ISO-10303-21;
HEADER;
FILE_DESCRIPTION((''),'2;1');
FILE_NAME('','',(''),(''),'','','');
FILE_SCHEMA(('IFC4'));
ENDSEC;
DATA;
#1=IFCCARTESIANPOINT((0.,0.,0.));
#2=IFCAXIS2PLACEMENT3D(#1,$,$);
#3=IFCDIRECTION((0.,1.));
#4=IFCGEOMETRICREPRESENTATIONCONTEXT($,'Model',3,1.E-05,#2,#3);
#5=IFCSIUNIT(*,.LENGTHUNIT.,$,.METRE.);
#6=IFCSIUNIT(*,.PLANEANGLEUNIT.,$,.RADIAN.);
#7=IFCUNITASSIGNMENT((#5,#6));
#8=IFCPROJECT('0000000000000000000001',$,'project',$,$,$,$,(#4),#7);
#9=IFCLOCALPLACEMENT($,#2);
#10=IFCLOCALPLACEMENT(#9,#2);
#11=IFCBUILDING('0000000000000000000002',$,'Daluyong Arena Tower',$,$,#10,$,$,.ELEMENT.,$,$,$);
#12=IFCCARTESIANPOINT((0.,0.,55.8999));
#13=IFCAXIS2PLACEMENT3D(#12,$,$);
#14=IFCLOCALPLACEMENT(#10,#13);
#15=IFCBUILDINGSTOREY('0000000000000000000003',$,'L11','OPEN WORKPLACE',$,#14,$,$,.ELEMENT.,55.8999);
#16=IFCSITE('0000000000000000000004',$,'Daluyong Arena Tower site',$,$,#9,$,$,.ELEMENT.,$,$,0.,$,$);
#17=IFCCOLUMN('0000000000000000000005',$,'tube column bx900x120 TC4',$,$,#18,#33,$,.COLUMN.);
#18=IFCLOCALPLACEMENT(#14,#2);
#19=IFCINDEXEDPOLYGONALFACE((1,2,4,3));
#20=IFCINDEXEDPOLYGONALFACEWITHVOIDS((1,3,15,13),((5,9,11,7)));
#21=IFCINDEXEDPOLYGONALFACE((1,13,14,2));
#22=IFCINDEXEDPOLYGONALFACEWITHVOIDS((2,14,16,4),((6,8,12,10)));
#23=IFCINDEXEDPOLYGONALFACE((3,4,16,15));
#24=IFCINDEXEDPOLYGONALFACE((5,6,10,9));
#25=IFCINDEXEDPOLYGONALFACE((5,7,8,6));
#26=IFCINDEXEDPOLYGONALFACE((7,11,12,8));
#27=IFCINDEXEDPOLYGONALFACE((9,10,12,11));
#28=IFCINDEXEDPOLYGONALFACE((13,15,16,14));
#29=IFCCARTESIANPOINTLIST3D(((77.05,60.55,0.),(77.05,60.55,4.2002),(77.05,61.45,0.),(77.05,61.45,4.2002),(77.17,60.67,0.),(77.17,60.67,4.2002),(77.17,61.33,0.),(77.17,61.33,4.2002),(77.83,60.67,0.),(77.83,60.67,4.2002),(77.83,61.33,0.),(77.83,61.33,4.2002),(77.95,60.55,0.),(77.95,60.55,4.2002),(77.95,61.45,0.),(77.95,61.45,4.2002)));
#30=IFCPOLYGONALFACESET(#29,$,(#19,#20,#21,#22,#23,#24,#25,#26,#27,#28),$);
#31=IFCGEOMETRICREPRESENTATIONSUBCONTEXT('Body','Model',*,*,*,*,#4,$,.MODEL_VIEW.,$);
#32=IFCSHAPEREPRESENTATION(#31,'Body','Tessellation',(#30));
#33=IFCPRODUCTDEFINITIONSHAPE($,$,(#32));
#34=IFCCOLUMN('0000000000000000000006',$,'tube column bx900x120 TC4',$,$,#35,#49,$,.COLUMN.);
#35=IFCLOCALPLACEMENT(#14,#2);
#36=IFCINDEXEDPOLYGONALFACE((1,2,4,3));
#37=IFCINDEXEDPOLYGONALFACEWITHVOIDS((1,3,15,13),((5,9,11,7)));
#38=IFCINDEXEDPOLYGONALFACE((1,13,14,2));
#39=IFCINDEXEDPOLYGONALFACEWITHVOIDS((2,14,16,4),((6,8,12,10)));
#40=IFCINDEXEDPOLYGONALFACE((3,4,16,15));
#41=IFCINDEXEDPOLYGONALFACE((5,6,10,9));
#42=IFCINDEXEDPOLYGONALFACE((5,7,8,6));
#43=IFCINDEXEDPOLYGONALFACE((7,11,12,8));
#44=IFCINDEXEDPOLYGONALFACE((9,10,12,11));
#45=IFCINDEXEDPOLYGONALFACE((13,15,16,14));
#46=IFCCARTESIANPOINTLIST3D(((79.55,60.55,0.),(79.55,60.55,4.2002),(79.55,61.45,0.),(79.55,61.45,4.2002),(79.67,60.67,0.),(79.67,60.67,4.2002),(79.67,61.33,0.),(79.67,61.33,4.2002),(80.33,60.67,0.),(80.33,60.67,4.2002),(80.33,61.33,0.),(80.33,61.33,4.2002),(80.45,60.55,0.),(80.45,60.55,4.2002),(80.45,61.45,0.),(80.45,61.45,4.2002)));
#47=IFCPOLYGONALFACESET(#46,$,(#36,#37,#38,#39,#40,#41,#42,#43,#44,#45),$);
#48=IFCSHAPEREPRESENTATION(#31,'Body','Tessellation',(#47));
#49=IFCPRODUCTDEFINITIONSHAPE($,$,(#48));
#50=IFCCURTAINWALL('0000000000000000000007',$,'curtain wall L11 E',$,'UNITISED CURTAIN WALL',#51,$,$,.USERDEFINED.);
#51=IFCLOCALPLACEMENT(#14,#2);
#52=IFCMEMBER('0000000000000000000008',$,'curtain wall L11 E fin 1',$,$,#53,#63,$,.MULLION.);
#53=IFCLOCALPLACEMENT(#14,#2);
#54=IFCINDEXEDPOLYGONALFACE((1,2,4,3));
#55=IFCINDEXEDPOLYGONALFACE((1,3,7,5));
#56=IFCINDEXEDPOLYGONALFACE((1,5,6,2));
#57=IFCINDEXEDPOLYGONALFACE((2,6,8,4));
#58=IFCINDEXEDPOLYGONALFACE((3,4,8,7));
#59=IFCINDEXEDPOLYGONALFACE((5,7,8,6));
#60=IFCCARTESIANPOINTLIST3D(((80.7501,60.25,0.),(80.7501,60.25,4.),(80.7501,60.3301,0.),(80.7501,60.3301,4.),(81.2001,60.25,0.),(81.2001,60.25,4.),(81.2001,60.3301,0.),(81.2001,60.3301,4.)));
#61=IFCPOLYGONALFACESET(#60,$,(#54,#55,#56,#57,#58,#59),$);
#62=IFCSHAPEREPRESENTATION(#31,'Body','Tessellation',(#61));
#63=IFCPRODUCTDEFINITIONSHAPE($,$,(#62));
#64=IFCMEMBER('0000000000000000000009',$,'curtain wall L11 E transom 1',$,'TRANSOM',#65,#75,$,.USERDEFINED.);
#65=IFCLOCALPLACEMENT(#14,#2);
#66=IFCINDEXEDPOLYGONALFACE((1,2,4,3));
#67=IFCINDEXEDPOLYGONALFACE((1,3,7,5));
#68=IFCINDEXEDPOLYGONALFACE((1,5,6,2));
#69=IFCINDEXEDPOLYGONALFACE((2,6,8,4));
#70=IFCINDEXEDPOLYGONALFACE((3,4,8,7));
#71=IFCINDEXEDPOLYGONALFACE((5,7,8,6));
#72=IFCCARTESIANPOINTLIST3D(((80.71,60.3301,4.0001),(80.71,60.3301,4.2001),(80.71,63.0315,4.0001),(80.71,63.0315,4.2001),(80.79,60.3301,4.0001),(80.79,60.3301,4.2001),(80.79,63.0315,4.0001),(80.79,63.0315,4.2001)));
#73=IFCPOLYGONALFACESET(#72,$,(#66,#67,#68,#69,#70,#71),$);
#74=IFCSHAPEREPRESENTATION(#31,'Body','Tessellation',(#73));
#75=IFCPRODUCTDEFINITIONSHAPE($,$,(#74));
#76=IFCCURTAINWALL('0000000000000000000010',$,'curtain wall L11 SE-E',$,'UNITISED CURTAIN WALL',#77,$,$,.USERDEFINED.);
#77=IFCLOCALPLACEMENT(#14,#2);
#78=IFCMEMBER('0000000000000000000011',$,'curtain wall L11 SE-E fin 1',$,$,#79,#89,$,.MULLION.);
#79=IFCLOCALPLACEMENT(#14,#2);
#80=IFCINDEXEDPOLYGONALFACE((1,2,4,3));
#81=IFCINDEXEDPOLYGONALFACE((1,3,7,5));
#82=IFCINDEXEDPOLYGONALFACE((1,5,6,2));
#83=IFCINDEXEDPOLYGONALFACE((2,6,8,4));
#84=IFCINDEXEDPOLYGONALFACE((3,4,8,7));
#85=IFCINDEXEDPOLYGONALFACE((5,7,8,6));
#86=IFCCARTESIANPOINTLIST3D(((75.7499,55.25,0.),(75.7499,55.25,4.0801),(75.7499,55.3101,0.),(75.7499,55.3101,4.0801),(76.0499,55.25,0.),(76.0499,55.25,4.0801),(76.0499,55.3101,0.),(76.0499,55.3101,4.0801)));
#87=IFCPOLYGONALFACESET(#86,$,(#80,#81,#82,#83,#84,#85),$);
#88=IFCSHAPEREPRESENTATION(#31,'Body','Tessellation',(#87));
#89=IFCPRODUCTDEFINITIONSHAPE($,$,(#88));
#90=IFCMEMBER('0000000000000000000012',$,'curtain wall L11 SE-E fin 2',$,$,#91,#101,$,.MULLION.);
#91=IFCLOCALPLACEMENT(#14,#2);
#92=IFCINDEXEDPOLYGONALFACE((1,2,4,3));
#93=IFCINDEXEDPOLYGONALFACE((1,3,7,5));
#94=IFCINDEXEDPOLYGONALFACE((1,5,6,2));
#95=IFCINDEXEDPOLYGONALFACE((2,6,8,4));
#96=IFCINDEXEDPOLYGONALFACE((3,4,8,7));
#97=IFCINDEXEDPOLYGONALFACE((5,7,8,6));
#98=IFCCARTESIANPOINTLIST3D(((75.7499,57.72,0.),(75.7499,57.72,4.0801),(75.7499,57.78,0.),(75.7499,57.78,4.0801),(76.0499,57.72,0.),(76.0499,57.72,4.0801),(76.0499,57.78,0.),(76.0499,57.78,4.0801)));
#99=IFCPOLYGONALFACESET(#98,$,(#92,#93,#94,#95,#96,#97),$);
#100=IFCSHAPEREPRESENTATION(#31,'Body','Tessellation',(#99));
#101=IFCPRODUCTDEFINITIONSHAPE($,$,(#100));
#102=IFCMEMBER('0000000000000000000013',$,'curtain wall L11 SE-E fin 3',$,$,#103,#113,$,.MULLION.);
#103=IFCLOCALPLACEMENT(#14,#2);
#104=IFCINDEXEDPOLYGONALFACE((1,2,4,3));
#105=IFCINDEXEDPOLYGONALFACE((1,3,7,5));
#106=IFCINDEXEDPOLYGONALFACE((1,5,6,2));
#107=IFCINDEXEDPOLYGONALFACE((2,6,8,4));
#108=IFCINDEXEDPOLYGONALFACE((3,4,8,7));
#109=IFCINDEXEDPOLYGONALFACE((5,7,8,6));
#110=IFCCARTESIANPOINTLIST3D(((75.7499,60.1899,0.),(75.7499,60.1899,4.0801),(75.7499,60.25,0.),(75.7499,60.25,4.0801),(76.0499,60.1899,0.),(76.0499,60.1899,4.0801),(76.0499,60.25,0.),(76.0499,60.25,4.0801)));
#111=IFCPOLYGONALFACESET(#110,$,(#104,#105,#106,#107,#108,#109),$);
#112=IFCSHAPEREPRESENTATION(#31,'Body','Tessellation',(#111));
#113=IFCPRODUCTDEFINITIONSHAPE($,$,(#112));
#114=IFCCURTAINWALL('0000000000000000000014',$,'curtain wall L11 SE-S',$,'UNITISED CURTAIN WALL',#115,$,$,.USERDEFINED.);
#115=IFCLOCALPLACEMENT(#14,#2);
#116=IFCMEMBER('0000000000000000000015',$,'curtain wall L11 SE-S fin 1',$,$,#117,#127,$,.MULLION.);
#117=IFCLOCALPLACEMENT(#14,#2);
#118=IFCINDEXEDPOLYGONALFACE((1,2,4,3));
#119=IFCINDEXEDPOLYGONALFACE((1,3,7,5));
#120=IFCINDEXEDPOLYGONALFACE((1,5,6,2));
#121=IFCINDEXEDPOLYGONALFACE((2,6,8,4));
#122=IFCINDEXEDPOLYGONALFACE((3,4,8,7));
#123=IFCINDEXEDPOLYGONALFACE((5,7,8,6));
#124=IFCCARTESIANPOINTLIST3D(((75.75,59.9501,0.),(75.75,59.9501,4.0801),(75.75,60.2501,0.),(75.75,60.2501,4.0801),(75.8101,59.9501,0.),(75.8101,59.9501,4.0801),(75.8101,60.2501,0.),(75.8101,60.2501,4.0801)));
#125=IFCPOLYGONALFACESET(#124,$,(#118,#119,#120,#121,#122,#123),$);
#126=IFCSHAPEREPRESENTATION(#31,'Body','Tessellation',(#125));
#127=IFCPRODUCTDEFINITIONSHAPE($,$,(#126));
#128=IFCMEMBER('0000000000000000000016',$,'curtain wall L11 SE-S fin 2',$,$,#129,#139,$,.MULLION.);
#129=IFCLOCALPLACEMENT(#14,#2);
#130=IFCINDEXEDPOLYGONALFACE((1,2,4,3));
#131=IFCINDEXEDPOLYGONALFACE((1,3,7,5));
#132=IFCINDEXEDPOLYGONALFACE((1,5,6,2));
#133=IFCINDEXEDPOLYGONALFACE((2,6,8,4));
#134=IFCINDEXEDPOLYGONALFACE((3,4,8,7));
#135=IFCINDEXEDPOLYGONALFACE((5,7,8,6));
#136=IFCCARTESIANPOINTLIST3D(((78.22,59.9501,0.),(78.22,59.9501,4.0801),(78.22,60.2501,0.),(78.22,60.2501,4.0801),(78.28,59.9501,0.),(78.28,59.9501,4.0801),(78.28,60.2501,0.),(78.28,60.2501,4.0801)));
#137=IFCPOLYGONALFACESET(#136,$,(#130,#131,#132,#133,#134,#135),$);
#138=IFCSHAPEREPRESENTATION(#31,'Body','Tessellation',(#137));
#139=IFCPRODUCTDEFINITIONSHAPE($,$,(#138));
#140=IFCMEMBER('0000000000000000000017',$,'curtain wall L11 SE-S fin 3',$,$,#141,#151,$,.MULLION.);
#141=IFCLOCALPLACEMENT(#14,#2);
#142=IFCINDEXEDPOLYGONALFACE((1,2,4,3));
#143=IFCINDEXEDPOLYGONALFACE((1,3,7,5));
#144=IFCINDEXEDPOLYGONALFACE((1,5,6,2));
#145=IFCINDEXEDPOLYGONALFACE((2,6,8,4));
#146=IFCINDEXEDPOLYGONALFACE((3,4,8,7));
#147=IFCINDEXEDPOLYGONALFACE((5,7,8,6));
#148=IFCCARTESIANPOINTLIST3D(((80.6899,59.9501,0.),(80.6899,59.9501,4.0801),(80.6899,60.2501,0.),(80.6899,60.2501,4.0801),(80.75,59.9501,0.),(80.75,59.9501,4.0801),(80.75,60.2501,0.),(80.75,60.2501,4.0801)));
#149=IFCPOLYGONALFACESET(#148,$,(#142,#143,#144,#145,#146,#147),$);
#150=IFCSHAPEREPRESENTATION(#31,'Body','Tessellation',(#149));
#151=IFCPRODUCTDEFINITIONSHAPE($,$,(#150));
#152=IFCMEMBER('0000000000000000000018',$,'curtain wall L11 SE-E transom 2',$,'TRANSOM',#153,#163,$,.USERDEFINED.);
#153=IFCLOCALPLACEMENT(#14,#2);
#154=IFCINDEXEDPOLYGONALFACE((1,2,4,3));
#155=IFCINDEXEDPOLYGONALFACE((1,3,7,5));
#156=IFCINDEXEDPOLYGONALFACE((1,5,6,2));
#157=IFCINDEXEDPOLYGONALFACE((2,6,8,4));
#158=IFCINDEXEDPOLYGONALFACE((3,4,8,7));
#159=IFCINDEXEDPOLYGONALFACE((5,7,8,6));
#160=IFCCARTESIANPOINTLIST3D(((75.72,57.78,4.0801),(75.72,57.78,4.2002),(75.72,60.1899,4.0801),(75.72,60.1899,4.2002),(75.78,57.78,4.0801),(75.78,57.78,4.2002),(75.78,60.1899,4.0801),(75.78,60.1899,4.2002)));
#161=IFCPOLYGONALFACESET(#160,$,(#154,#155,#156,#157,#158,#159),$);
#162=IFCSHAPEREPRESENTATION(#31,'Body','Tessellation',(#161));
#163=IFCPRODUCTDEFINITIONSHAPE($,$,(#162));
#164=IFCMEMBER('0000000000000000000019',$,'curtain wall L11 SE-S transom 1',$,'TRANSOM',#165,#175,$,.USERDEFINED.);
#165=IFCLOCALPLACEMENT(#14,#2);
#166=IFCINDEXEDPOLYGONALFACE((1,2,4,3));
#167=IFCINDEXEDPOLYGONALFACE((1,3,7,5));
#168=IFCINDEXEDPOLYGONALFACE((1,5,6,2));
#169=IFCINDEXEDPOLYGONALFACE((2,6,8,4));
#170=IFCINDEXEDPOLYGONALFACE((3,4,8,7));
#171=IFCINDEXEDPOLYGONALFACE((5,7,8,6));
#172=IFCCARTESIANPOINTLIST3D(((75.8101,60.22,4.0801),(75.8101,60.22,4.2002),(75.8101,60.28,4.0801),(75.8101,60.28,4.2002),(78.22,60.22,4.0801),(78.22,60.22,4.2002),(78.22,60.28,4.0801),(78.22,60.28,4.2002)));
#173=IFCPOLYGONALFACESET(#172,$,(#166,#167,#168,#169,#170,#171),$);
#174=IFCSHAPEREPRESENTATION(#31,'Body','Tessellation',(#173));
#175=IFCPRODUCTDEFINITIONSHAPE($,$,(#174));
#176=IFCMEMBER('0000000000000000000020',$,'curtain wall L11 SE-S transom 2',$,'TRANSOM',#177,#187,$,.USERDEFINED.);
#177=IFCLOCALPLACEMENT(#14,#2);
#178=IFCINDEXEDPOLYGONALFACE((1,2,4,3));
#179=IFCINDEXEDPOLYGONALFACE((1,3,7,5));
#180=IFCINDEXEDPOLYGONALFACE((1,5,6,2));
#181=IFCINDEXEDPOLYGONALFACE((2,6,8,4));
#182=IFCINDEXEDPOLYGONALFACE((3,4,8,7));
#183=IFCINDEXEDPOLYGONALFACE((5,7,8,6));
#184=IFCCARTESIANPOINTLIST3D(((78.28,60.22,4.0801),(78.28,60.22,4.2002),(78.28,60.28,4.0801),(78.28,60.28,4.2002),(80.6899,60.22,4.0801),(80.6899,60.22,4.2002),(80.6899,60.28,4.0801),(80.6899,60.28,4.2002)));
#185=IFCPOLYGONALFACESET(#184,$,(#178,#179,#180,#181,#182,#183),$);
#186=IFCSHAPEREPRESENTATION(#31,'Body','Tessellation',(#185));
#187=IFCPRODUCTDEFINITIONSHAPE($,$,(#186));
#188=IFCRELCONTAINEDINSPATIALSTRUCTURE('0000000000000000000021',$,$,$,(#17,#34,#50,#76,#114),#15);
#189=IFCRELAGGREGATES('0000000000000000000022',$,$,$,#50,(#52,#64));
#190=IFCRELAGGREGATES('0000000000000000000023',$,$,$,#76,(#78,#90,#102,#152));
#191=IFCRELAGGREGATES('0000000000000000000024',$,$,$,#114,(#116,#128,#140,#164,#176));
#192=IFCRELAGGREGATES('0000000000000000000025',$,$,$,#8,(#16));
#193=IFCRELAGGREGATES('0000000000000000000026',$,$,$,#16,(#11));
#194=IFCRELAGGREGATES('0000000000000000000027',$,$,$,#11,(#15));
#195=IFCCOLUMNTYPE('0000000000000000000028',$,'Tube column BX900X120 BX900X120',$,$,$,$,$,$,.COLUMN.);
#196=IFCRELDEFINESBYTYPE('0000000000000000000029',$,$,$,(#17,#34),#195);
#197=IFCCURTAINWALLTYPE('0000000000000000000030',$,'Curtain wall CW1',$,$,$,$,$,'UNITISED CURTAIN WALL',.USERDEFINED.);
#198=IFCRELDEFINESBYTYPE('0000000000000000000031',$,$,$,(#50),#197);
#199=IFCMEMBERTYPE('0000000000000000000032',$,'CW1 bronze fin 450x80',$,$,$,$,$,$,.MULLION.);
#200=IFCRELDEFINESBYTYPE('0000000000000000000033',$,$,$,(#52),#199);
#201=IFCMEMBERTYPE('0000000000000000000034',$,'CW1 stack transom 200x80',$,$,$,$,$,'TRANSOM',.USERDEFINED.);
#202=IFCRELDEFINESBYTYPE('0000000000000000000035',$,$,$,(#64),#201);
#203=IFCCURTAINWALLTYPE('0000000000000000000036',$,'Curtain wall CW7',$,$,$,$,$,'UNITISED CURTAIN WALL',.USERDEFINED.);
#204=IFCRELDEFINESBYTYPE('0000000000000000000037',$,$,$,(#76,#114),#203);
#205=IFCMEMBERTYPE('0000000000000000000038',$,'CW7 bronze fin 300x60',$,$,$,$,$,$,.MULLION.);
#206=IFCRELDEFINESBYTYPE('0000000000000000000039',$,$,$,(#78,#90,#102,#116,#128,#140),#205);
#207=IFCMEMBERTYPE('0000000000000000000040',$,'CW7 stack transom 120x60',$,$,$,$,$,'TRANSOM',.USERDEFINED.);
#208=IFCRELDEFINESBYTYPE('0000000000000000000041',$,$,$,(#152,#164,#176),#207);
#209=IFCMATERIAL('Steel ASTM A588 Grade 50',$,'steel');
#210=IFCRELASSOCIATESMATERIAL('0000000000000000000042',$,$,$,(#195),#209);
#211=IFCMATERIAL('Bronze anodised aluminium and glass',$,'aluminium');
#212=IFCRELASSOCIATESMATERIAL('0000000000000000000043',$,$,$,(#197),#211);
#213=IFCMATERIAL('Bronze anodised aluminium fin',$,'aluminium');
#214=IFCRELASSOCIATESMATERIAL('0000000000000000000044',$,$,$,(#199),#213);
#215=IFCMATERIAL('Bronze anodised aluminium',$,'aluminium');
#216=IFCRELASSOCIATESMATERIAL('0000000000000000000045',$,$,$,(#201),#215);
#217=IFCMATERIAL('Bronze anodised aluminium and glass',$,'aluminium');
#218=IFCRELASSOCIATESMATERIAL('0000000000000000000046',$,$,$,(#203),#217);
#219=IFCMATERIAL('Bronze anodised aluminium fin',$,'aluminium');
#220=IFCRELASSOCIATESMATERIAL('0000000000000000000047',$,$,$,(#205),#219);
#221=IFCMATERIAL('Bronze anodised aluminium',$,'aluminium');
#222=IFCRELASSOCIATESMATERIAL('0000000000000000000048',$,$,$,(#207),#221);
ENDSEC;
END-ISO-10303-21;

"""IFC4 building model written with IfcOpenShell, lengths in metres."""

from ifc_helpers import new_model, si_unit, direction, frame, origin, origin_2d, place, context, subcontext, project, spatial, rectangle, hollow_rectangle, extrude, material, material_profile, profile_set, type_object, element, aggregate, save


model = new_model("IFC4")

# Units and contexts
model_context = context("Model", 3, precision=1e-05, world=origin(), true_north=direction((0.0, 1.0)))
body_context = subcontext(model_context, "Body", "Model", "MODEL_VIEW")
ifc_project = project(units=[si_unit("LENGTHUNIT", "METRE"), si_unit("PLANEANGLEUNIT", "RADIAN")], contexts=[model_context])

# Site, building, storey
site_placement = place(None, origin())
site = spatial("IfcSite", under=ifc_project, at=site_placement, Name="Daluyong Arena Tower site", CompositionType="ELEMENT", RefElevation=0.0)
building_placement = place(site_placement, origin())
building = spatial("IfcBuilding", under=site, at=building_placement, Name="Daluyong Arena Tower", CompositionType="ELEMENT")
storey_placement = place(building_placement, frame((0.0, 0.0, 55.8999)))
storey = spatial("IfcBuildingStorey", under=building, at=storey_placement, Name="L11", Description="OPEN WORKPLACE", CompositionType="ELEMENT", Elevation=55.8999)

# Columns
ifc_material_1 = material(Name="Steel ASTM A588 Grade 50", Category="steel")
ifc_material_profile_1 = material_profile(ifc_material_1, hollow_rectangle(XDim=0.8999, YDim=0.8999, WallThickness=0.12, at=origin_2d()))
ifc_profile_set_1 = profile_set([ifc_material_profile_1], Name="Steel ASTM A588 Grade 50")
column_type = type_object("IfcColumnType", Name="Tube column BX900X120 BX900X120", PredefinedType="COLUMN", material=ifc_profile_set_1)
for number, where, z_axis, x_axis, name in (
    (1, (77.5, 61.0, 0.0), (0.0, 0.0, 1.0), (1.0, 0.0, 0.0), "tube column bx900x120 TC4"),
    (2, (80.0, 61.0, 0.0), (0.0, 0.0, 1.0), (0.0, 1.0, 0.0), "tube column bx900x120 TC4"),
):
    element("IfcColumn", number, at=place(storey_placement, frame(where, z_axis=z_axis, x_axis=x_axis)), inside=storey, type_object=column_type, Name=name, PredefinedType="COLUMN", context=body_context, shape_type="SweptSolid", body=[
        extrude(hollow_rectangle(XDim=0.8999, YDim=0.8999, WallThickness=0.12, at=origin_2d()), origin(), (0.0, 0.0, 1.0), 4.2002),
    ])

# Curtain walls, members
ifc_material_2 = material(Name="Bronze anodised aluminium and glass", Category="aluminium")
curtain_wall_type_1 = type_object("IfcCurtainWallType", Name="Curtain wall CW1", ElementType="UNITISED CURTAIN WALL", PredefinedType="USERDEFINED", material=ifc_material_2)
curtain_wall_1_placement = place(storey_placement, origin())
curtain_wall_1 = element("IfcCurtainWall", 3, at=curtain_wall_1_placement, inside=storey, type_object=curtain_wall_type_1, Name="curtain wall L11 E", ObjectType="UNITISED CURTAIN WALL", PredefinedType="USERDEFINED")
ifc_material_3 = material(Name="Bronze anodised aluminium fin", Category="aluminium")
ifc_material_profile_2 = material_profile(ifc_material_3, rectangle(XDim=0.45, YDim=0.0801, at=origin_2d()))
ifc_profile_set_2 = profile_set([ifc_material_profile_2], Name="Bronze anodised aluminium fin")
member_type_1 = type_object("IfcMemberType", Name="CW1 bronze fin 450x80", PredefinedType="MULLION", material=ifc_profile_set_2)
member_1_placement = place(storey_placement, frame((80.9751, 60.29, 0.0), z_axis=(0.0, 0.0, 1.0), x_axis=(-1.0, 0.0, 0.0)))
member_1 = element("IfcMember", 4, at=member_1_placement, type_object=member_type_1, Name="curtain wall L11 E fin 1", PredefinedType="MULLION", context=body_context, shape_type="SweptSolid", body=[
    extrude(rectangle(XDim=0.45, YDim=0.0801, at=origin_2d()), origin(), (0.0, 0.0, 1.0), 4.0),
])
ifc_material_4 = material(Name="Bronze anodised aluminium", Category="aluminium")
ifc_material_profile_3 = material_profile(ifc_material_4, rectangle(XDim=0.0801, YDim=0.2, at=origin_2d()))
ifc_profile_set_3 = profile_set([ifc_material_profile_3], Name="Bronze anodised aluminium")
member_type_2 = type_object("IfcMemberType", Name="CW1 stack transom 200x80", ElementType="TRANSOM", PredefinedType="USERDEFINED", material=ifc_profile_set_3)
member_2_placement = place(storey_placement, frame((80.75, 60.3301, 4.1001), z_axis=(0.0, 1.0, 0.0), x_axis=(-1.0, 0.0, 0.0)))
member_2 = element("IfcMember", 5, at=member_2_placement, type_object=member_type_2, Name="curtain wall L11 E transom 1", ObjectType="TRANSOM", PredefinedType="USERDEFINED", context=body_context, shape_type="SweptSolid", body=[
    extrude(rectangle(XDim=0.0801, YDim=0.2, at=origin_2d()), origin(), (0.0, 0.0, 1.0), 2.7014),
])
aggregate(curtain_wall_1, [member_1, member_2])
ifc_material_5 = material(Name="Bronze anodised aluminium and glass", Category="aluminium")
curtain_wall_type_2 = type_object("IfcCurtainWallType", Name="Curtain wall CW7", ElementType="UNITISED CURTAIN WALL", PredefinedType="USERDEFINED", material=ifc_material_5)
curtain_wall_2_placement = place(storey_placement, origin())
curtain_wall_2 = element("IfcCurtainWall", 6, at=curtain_wall_2_placement, inside=storey, type_object=curtain_wall_type_2, Name="curtain wall L11 SE-E", ObjectType="UNITISED CURTAIN WALL", PredefinedType="USERDEFINED")
ifc_material_6 = material(Name="Bronze anodised aluminium fin", Category="aluminium")
ifc_material_profile_4 = material_profile(ifc_material_6, rectangle(XDim=0.3, YDim=0.0601, at=origin_2d()))
ifc_profile_set_4 = profile_set([ifc_material_profile_4], Name="Bronze anodised aluminium fin")
member_type_3 = type_object("IfcMemberType", Name="CW7 bronze fin 300x60", PredefinedType="MULLION", material=ifc_profile_set_4)
member_3_placement = place(storey_placement, frame((75.8999, 55.28, 0.0), z_axis=(0.0, 0.0, 1.0), x_axis=(-1.0, 0.0, 0.0)))
member_3 = element("IfcMember", 7, at=member_3_placement, type_object=member_type_3, Name="curtain wall L11 SE-E fin 1", PredefinedType="MULLION", context=body_context, shape_type="SweptSolid", body=[
    extrude(rectangle(XDim=0.3, YDim=0.0601, at=origin_2d()), origin(), (0.0, 0.0, 1.0), 4.0801),
])
member_4_placement = place(storey_placement, frame((75.8999, 57.75, 0.0), z_axis=(0.0, 0.0, 1.0), x_axis=(-1.0, 0.0, 0.0)))
member_4 = element("IfcMember", 8, at=member_4_placement, type_object=member_type_3, Name="curtain wall L11 SE-E fin 2", PredefinedType="MULLION", context=body_context, shape_type="SweptSolid", body=[
    extrude(rectangle(XDim=0.3, YDim=0.0601, at=origin_2d()), origin(), (0.0, 0.0, 1.0), 4.0801),
])
member_5_placement = place(storey_placement, frame((75.8999, 60.22, 0.0), z_axis=(0.0, 0.0, 1.0), x_axis=(-1.0, 0.0, 0.0)))
member_5 = element("IfcMember", 9, at=member_5_placement, type_object=member_type_3, Name="curtain wall L11 SE-E fin 3", PredefinedType="MULLION", context=body_context, shape_type="SweptSolid", body=[
    extrude(rectangle(XDim=0.3, YDim=0.0601, at=origin_2d()), origin(), (0.0, 0.0, 1.0), 4.0801),
])
curtain_wall_3_placement = place(storey_placement, origin())
curtain_wall_3 = element("IfcCurtainWall", 10, at=curtain_wall_3_placement, inside=storey, type_object=curtain_wall_type_2, Name="curtain wall L11 SE-S", ObjectType="UNITISED CURTAIN WALL", PredefinedType="USERDEFINED")
member_6_placement = place(storey_placement, frame((75.78, 60.1001, 0.0), z_axis=(0.0, 0.0, 1.0), x_axis=(0.0, 1.0, 0.0)))
member_6 = element("IfcMember", 11, at=member_6_placement, type_object=member_type_3, Name="curtain wall L11 SE-S fin 1", PredefinedType="MULLION", context=body_context, shape_type="SweptSolid", body=[
    extrude(rectangle(XDim=0.3, YDim=0.0601, at=origin_2d()), origin(), (0.0, 0.0, 1.0), 4.0801),
])
member_7_placement = place(storey_placement, frame((78.25, 60.1001, 0.0), z_axis=(0.0, 0.0, 1.0), x_axis=(0.0, 1.0, 0.0)))
member_7 = element("IfcMember", 12, at=member_7_placement, type_object=member_type_3, Name="curtain wall L11 SE-S fin 2", PredefinedType="MULLION", context=body_context, shape_type="SweptSolid", body=[
    extrude(rectangle(XDim=0.3, YDim=0.0601, at=origin_2d()), origin(), (0.0, 0.0, 1.0), 4.0801),
])
member_8_placement = place(storey_placement, frame((80.72, 60.1001, 0.0), z_axis=(0.0, 0.0, 1.0), x_axis=(0.0, 1.0, 0.0)))
member_8 = element("IfcMember", 13, at=member_8_placement, type_object=member_type_3, Name="curtain wall L11 SE-S fin 3", PredefinedType="MULLION", context=body_context, shape_type="SweptSolid", body=[
    extrude(rectangle(XDim=0.3, YDim=0.0601, at=origin_2d()), origin(), (0.0, 0.0, 1.0), 4.0801),
])

# Members
ifc_material_7 = material(Name="Bronze anodised aluminium", Category="aluminium")
ifc_material_profile_5 = material_profile(ifc_material_7, rectangle(XDim=0.0601, YDim=0.1201, at=origin_2d()))
ifc_profile_set_5 = profile_set([ifc_material_profile_5], Name="Bronze anodised aluminium")
member_type_4 = type_object("IfcMemberType", Name="CW7 stack transom 120x60", ElementType="TRANSOM", PredefinedType="USERDEFINED", material=ifc_profile_set_5)
member_9_placement = place(storey_placement, frame((75.75, 57.78, 4.1401), z_axis=(0.0, 1.0, 0.0), x_axis=(-1.0, 0.0, 0.0)))
member_9 = element("IfcMember", 14, at=member_9_placement, type_object=member_type_4, Name="curtain wall L11 SE-E transom 2", ObjectType="TRANSOM", PredefinedType="USERDEFINED", context=body_context, shape_type="SweptSolid", body=[
    extrude(rectangle(XDim=0.0601, YDim=0.1201, at=origin_2d()), origin(), (0.0, 0.0, 1.0), 2.4099),
])
member_10_placement = place(storey_placement, frame((75.8101, 60.25, 4.1401), z_axis=(1.0, 0.0, 0.0), x_axis=(0.0, 1.0, 0.0)))
member_10 = element("IfcMember", 15, at=member_10_placement, type_object=member_type_4, Name="curtain wall L11 SE-S transom 1", ObjectType="TRANSOM", PredefinedType="USERDEFINED", context=body_context, shape_type="SweptSolid", body=[
    extrude(rectangle(XDim=0.0601, YDim=0.1201, at=origin_2d()), origin(), (0.0, 0.0, 1.0), 2.4099),
])
member_11_placement = place(storey_placement, frame((78.28, 60.25, 4.1401), z_axis=(1.0, 0.0, 0.0), x_axis=(0.0, 1.0, 0.0)))
member_11 = element("IfcMember", 16, at=member_11_placement, type_object=member_type_4, Name="curtain wall L11 SE-S transom 2", ObjectType="TRANSOM", PredefinedType="USERDEFINED", context=body_context, shape_type="SweptSolid", body=[
    extrude(rectangle(XDim=0.0601, YDim=0.1201, at=origin_2d()), origin(), (0.0, 0.0, 1.0), 2.4099),
])

aggregate(curtain_wall_2, [member_3, member_4, member_5, member_9])
aggregate(curtain_wall_3, [member_6, member_7, member_8, member_10, member_11])

save(model, "model.ifc")
